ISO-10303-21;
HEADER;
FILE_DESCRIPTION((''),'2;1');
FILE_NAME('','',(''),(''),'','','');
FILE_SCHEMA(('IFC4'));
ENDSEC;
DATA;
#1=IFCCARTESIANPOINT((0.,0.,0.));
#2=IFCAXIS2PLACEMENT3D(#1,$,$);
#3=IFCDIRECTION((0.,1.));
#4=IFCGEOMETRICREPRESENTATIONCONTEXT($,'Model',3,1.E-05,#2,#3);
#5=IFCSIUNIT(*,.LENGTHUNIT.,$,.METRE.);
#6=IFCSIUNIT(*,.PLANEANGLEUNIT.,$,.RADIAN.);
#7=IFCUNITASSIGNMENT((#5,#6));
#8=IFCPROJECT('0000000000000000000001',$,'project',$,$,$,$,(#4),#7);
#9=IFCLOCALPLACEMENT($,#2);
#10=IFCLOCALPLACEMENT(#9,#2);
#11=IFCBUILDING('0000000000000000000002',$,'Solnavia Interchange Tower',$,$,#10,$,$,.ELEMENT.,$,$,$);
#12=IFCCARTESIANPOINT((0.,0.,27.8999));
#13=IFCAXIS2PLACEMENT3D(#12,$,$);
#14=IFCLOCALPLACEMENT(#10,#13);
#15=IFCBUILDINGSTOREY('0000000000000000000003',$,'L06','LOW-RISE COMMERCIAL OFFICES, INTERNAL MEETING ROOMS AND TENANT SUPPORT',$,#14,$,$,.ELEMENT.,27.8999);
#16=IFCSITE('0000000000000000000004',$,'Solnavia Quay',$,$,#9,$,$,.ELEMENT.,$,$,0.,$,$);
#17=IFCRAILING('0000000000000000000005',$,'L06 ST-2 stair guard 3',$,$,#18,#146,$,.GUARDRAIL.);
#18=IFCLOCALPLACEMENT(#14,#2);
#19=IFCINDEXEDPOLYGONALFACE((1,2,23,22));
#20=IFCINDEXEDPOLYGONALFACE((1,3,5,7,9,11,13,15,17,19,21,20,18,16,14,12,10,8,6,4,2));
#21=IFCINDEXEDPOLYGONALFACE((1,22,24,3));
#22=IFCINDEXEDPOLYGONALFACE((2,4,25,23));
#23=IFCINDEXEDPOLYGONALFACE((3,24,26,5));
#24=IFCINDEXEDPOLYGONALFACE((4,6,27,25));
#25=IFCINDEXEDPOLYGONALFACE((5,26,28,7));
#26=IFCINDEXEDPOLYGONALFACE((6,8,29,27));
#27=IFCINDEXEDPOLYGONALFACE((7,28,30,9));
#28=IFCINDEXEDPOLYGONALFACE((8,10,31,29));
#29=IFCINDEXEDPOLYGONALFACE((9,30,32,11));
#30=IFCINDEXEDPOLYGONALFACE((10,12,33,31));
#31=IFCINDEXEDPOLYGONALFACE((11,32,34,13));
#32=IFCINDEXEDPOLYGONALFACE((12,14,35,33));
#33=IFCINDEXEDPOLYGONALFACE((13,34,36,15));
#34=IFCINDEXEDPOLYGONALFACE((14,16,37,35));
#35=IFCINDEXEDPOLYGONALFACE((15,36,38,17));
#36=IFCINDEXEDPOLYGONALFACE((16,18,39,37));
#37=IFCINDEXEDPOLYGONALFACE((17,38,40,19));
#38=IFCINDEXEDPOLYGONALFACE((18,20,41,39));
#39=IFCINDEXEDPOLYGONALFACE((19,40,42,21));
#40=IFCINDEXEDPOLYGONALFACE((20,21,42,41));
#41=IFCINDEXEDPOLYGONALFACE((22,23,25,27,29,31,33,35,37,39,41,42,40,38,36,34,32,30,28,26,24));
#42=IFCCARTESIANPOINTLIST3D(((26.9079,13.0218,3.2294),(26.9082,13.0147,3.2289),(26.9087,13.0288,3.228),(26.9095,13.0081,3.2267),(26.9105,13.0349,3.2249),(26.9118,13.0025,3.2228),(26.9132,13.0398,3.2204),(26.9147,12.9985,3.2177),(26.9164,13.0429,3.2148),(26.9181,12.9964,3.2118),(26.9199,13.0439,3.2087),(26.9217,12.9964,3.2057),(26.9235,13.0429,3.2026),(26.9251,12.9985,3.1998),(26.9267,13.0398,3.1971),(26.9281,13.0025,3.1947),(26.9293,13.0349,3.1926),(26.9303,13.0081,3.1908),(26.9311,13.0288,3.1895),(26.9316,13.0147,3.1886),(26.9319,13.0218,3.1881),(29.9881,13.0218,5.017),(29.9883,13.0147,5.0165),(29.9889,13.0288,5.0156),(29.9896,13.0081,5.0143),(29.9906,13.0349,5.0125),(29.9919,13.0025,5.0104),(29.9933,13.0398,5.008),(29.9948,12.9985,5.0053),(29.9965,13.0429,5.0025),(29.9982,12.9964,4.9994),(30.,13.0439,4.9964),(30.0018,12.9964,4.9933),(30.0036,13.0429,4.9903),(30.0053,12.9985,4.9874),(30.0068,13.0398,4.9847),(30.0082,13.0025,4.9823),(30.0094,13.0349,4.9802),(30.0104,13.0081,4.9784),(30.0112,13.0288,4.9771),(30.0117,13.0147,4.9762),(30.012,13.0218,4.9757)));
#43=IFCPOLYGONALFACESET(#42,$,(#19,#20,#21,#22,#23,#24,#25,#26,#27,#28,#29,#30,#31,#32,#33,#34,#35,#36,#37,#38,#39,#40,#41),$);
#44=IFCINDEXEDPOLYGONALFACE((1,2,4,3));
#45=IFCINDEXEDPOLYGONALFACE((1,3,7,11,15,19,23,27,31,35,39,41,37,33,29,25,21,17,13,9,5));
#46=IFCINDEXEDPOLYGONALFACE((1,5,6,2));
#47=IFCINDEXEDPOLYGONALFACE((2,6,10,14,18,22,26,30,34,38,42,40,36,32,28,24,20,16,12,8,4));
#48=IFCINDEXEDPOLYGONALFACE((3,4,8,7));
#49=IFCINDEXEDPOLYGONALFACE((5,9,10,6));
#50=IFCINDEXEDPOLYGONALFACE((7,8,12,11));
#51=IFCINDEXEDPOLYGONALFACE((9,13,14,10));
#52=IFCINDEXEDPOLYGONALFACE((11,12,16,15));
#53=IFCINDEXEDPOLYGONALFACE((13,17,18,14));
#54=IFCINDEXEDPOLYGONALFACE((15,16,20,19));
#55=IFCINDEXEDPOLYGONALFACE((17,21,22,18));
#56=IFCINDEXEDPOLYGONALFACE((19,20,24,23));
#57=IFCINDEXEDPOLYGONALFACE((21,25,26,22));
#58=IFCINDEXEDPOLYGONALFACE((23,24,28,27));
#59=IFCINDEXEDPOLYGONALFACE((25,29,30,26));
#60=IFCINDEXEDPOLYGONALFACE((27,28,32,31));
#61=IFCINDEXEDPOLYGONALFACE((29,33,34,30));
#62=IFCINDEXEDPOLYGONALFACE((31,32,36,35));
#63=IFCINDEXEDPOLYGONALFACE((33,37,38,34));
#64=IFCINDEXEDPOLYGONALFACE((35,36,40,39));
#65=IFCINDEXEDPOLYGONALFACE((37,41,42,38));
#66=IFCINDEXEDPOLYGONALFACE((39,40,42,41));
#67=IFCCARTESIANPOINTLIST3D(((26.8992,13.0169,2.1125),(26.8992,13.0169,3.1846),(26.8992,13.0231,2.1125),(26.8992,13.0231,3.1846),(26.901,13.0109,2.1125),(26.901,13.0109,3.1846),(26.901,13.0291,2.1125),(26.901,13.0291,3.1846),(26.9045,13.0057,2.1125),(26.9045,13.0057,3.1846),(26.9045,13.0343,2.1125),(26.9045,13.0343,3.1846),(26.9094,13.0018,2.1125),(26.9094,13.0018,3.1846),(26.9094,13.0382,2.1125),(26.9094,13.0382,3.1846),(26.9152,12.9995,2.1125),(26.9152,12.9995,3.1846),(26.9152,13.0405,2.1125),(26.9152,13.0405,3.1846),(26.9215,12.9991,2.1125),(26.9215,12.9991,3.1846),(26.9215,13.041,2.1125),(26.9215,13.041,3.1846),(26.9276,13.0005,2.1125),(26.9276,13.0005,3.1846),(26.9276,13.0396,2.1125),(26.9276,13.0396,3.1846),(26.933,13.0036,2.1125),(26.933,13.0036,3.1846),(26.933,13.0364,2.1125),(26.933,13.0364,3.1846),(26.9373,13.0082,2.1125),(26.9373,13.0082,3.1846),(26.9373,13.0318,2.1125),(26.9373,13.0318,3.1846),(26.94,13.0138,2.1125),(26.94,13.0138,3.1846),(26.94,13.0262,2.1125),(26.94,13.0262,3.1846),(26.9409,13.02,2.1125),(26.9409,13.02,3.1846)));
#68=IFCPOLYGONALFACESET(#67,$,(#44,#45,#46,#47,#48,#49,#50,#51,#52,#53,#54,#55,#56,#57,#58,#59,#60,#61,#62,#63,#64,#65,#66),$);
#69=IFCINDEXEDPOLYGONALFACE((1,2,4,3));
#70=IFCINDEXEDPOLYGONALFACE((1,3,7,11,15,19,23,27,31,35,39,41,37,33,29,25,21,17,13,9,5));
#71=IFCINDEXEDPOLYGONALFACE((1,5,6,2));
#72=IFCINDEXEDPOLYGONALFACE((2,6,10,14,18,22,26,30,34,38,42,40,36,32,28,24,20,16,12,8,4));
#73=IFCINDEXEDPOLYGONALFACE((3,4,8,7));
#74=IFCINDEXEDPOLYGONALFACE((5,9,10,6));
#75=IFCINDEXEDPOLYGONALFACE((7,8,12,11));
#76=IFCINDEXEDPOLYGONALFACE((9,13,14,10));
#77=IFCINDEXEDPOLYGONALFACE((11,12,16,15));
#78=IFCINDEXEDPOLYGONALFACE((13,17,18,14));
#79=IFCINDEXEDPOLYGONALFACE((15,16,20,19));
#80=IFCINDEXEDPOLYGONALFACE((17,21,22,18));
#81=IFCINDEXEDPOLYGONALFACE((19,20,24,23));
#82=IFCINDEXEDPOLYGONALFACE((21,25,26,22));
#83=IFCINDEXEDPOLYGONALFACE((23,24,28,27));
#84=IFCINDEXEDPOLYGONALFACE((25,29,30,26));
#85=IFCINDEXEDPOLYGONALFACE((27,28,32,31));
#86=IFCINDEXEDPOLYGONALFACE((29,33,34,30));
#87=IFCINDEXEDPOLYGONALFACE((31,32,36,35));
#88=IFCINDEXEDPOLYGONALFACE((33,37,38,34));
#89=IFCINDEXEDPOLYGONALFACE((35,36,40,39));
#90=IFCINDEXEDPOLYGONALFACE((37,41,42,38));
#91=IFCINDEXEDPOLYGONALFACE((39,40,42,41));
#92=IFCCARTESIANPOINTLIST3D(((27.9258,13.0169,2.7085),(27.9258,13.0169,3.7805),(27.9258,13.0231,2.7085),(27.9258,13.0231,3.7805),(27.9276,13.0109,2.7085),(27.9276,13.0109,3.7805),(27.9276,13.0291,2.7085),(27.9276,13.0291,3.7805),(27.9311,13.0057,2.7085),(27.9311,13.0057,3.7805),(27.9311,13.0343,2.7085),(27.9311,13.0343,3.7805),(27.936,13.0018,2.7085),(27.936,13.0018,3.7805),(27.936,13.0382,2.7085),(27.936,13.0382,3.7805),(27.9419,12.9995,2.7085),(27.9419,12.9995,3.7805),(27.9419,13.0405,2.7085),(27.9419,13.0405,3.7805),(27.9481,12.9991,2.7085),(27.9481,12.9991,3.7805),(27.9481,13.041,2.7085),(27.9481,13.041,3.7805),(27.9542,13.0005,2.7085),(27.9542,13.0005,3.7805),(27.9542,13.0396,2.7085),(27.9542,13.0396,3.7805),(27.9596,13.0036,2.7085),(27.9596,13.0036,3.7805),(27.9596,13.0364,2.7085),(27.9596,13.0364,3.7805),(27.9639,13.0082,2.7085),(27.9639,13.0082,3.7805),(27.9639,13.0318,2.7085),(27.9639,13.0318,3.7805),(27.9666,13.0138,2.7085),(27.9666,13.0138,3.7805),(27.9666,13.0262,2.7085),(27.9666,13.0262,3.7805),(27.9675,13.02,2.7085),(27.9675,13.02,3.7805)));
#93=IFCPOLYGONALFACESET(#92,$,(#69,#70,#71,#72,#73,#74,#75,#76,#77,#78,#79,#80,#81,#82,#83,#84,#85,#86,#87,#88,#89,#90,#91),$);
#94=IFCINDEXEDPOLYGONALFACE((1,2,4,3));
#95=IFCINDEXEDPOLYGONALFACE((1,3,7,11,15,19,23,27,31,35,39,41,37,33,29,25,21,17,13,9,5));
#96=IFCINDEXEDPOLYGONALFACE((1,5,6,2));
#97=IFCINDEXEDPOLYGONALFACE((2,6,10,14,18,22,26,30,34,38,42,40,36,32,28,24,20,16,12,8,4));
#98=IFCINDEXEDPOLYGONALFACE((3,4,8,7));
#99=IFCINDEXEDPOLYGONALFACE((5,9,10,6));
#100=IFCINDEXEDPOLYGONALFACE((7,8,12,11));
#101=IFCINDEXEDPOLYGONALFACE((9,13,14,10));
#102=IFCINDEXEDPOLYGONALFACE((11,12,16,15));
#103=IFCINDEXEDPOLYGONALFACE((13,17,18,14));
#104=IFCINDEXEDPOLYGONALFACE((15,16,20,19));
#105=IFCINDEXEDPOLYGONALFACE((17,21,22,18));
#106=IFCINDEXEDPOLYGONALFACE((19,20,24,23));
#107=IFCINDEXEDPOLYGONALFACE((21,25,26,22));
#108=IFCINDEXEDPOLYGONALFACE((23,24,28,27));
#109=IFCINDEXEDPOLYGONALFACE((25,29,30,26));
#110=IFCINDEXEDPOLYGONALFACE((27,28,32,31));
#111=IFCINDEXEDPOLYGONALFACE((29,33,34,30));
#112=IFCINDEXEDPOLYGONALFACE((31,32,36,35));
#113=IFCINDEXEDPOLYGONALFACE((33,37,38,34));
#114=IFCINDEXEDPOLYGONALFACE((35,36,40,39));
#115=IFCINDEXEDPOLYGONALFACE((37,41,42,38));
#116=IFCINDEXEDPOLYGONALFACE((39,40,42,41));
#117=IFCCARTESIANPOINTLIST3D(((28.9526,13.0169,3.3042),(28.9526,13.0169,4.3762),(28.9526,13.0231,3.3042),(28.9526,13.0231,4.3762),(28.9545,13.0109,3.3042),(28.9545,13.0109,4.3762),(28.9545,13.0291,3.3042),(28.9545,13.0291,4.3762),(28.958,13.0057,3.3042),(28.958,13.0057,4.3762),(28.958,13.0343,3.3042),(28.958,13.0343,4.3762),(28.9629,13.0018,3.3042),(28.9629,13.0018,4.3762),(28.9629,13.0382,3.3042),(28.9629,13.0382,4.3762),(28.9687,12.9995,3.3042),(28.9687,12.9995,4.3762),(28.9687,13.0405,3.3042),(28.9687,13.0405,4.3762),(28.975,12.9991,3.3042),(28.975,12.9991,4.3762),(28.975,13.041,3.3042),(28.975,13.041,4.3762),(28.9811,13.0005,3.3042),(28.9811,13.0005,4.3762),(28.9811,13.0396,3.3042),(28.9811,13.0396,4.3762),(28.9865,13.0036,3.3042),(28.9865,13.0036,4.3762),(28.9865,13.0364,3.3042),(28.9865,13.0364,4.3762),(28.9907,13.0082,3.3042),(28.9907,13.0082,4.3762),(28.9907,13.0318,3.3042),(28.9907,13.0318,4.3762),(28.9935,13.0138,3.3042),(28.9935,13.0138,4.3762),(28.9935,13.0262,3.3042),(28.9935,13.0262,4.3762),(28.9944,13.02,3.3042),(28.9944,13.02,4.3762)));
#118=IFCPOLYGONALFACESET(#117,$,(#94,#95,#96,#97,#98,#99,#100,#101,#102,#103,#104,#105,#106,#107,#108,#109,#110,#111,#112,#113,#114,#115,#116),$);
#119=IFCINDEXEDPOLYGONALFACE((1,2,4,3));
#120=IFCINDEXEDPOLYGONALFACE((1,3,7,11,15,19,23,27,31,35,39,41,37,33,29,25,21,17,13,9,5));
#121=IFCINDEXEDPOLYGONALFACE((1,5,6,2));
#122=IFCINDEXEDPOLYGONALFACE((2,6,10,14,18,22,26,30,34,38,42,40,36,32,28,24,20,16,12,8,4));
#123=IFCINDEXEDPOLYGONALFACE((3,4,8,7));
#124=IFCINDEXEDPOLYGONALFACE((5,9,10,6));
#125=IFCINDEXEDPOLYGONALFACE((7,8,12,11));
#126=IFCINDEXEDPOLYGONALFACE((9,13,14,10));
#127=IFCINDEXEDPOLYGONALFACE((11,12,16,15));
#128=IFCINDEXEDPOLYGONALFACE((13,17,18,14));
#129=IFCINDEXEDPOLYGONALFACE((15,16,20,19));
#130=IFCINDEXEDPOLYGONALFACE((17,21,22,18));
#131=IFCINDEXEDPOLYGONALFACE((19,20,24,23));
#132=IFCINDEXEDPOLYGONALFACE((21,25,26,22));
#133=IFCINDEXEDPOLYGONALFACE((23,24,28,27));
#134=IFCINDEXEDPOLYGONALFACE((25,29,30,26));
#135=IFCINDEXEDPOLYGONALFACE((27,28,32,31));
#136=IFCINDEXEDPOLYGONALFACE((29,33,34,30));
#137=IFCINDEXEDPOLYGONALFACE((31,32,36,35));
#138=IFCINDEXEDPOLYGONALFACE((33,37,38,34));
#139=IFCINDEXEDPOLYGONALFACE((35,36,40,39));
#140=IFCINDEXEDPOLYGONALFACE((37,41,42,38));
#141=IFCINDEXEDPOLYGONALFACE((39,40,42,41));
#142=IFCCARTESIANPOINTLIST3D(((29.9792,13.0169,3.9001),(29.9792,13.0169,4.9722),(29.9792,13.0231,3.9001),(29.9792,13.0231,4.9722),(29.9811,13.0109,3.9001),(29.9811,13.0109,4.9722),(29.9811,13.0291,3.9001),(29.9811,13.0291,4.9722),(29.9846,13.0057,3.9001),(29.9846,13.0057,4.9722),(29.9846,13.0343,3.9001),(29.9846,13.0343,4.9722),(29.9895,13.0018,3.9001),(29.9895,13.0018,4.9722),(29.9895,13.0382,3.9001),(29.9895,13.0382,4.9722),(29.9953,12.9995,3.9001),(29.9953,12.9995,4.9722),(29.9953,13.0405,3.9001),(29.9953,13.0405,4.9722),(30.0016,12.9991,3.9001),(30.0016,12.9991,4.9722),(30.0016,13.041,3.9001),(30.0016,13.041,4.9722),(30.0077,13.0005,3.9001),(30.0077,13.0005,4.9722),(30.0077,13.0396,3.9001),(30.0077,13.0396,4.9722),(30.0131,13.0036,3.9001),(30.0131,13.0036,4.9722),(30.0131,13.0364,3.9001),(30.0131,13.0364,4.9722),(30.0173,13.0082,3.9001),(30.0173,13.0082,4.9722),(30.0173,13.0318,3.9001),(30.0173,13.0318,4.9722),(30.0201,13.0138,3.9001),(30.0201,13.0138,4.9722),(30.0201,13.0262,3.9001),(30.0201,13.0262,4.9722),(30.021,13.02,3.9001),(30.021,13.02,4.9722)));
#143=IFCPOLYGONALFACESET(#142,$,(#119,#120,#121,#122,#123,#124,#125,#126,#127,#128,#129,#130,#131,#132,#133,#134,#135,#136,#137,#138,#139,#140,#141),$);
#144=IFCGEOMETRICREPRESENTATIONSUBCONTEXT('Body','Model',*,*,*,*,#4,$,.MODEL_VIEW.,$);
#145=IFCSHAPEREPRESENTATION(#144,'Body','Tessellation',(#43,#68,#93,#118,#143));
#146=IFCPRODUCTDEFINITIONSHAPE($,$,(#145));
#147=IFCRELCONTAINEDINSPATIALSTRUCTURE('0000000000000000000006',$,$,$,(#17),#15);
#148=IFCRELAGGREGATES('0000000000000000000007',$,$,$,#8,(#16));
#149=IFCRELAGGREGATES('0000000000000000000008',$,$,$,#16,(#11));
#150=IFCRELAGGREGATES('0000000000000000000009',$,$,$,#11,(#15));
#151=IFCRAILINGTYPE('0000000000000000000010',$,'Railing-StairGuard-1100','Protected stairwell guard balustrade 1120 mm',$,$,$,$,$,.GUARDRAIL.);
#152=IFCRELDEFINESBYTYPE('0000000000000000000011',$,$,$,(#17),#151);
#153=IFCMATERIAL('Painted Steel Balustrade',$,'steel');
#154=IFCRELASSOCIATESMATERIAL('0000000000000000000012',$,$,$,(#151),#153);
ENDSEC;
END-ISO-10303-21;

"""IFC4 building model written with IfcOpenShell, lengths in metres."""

from ifc_helpers import new_model, si_unit, direction, frame, origin, origin_2d, place, context, subcontext, project, spatial, circle, extrude, material, type_object, element, save


model = new_model("IFC4")

# Units and contexts
model_context = context("Model", 3, precision=1e-05, world=origin(), true_north=direction((0.0, 1.0)))
body_context = subcontext(model_context, "Body", "Model", "MODEL_VIEW")
ifc_project = project(units=[si_unit("LENGTHUNIT", "METRE"), si_unit("PLANEANGLEUNIT", "RADIAN")], contexts=[model_context])

# Site, building, storey
site_placement = place(None, origin())
site = spatial("IfcSite", under=ifc_project, at=site_placement, Name="Solnavia Quay", CompositionType="ELEMENT", RefElevation=0.0)
building_placement = place(site_placement, origin())
building = spatial("IfcBuilding", under=site, at=building_placement, Name="Solnavia Interchange Tower", CompositionType="ELEMENT")
storey_placement = place(building_placement, frame((0.0, 0.0, 27.8999)))
storey = spatial("IfcBuildingStorey", under=building, at=storey_placement, Name="L06", Description="LOW-RISE COMMERCIAL OFFICES, INTERNAL MEETING ROOMS AND TENANT SUPPORT", CompositionType="ELEMENT", Elevation=27.8999)

# Railing
ifc_material_1 = material(Name="Painted Steel Balustrade", Category="steel")
railing_type_1 = type_object("IfcRailingType", Name="Railing-StairGuard-1100", Description="Protected stairwell guard balustrade 1120 mm", PredefinedType="GUARDRAIL", material=ifc_material_1)
railing_1_placement = place(storey_placement, frame((26.9199, 13.02, 2.1125)))
element("IfcRailing", 1, at=railing_1_placement, inside=storey, type_object=railing_type_1, Name="L06 ST-2 stair guard 3", PredefinedType="GUARDRAIL", context=body_context, shape_type="SweptSolid", body=[
    extrude(circle(Radius=0.0239, at=origin_2d()), frame((0.0, 0.0, 1.0962), z_axis=(0.864891, 0.0, 0.50196), x_axis=(0.0, 1.0, 0.0)), (0.0, 0.0, 1.0), 3.5613),
    extrude(circle(Radius=0.021, at=origin_2d()), origin(), (0.0, 0.0, 1.0), 1.072),
    extrude(circle(Radius=0.021, at=origin_2d()), frame((1.0266, 0.0, 0.5959)), (0.0, 0.0, 1.0), 1.072),
    extrude(circle(Radius=0.021, at=origin_2d()), frame((2.0535, 0.0, 1.1917)), (0.0, 0.0, 1.0), 1.072),
    extrude(circle(Radius=0.021, at=origin_2d()), frame((3.0801, 0.0, 1.7876)), (0.0, 0.0, 1.0), 1.072),
])

save(model, "model.ifc")
